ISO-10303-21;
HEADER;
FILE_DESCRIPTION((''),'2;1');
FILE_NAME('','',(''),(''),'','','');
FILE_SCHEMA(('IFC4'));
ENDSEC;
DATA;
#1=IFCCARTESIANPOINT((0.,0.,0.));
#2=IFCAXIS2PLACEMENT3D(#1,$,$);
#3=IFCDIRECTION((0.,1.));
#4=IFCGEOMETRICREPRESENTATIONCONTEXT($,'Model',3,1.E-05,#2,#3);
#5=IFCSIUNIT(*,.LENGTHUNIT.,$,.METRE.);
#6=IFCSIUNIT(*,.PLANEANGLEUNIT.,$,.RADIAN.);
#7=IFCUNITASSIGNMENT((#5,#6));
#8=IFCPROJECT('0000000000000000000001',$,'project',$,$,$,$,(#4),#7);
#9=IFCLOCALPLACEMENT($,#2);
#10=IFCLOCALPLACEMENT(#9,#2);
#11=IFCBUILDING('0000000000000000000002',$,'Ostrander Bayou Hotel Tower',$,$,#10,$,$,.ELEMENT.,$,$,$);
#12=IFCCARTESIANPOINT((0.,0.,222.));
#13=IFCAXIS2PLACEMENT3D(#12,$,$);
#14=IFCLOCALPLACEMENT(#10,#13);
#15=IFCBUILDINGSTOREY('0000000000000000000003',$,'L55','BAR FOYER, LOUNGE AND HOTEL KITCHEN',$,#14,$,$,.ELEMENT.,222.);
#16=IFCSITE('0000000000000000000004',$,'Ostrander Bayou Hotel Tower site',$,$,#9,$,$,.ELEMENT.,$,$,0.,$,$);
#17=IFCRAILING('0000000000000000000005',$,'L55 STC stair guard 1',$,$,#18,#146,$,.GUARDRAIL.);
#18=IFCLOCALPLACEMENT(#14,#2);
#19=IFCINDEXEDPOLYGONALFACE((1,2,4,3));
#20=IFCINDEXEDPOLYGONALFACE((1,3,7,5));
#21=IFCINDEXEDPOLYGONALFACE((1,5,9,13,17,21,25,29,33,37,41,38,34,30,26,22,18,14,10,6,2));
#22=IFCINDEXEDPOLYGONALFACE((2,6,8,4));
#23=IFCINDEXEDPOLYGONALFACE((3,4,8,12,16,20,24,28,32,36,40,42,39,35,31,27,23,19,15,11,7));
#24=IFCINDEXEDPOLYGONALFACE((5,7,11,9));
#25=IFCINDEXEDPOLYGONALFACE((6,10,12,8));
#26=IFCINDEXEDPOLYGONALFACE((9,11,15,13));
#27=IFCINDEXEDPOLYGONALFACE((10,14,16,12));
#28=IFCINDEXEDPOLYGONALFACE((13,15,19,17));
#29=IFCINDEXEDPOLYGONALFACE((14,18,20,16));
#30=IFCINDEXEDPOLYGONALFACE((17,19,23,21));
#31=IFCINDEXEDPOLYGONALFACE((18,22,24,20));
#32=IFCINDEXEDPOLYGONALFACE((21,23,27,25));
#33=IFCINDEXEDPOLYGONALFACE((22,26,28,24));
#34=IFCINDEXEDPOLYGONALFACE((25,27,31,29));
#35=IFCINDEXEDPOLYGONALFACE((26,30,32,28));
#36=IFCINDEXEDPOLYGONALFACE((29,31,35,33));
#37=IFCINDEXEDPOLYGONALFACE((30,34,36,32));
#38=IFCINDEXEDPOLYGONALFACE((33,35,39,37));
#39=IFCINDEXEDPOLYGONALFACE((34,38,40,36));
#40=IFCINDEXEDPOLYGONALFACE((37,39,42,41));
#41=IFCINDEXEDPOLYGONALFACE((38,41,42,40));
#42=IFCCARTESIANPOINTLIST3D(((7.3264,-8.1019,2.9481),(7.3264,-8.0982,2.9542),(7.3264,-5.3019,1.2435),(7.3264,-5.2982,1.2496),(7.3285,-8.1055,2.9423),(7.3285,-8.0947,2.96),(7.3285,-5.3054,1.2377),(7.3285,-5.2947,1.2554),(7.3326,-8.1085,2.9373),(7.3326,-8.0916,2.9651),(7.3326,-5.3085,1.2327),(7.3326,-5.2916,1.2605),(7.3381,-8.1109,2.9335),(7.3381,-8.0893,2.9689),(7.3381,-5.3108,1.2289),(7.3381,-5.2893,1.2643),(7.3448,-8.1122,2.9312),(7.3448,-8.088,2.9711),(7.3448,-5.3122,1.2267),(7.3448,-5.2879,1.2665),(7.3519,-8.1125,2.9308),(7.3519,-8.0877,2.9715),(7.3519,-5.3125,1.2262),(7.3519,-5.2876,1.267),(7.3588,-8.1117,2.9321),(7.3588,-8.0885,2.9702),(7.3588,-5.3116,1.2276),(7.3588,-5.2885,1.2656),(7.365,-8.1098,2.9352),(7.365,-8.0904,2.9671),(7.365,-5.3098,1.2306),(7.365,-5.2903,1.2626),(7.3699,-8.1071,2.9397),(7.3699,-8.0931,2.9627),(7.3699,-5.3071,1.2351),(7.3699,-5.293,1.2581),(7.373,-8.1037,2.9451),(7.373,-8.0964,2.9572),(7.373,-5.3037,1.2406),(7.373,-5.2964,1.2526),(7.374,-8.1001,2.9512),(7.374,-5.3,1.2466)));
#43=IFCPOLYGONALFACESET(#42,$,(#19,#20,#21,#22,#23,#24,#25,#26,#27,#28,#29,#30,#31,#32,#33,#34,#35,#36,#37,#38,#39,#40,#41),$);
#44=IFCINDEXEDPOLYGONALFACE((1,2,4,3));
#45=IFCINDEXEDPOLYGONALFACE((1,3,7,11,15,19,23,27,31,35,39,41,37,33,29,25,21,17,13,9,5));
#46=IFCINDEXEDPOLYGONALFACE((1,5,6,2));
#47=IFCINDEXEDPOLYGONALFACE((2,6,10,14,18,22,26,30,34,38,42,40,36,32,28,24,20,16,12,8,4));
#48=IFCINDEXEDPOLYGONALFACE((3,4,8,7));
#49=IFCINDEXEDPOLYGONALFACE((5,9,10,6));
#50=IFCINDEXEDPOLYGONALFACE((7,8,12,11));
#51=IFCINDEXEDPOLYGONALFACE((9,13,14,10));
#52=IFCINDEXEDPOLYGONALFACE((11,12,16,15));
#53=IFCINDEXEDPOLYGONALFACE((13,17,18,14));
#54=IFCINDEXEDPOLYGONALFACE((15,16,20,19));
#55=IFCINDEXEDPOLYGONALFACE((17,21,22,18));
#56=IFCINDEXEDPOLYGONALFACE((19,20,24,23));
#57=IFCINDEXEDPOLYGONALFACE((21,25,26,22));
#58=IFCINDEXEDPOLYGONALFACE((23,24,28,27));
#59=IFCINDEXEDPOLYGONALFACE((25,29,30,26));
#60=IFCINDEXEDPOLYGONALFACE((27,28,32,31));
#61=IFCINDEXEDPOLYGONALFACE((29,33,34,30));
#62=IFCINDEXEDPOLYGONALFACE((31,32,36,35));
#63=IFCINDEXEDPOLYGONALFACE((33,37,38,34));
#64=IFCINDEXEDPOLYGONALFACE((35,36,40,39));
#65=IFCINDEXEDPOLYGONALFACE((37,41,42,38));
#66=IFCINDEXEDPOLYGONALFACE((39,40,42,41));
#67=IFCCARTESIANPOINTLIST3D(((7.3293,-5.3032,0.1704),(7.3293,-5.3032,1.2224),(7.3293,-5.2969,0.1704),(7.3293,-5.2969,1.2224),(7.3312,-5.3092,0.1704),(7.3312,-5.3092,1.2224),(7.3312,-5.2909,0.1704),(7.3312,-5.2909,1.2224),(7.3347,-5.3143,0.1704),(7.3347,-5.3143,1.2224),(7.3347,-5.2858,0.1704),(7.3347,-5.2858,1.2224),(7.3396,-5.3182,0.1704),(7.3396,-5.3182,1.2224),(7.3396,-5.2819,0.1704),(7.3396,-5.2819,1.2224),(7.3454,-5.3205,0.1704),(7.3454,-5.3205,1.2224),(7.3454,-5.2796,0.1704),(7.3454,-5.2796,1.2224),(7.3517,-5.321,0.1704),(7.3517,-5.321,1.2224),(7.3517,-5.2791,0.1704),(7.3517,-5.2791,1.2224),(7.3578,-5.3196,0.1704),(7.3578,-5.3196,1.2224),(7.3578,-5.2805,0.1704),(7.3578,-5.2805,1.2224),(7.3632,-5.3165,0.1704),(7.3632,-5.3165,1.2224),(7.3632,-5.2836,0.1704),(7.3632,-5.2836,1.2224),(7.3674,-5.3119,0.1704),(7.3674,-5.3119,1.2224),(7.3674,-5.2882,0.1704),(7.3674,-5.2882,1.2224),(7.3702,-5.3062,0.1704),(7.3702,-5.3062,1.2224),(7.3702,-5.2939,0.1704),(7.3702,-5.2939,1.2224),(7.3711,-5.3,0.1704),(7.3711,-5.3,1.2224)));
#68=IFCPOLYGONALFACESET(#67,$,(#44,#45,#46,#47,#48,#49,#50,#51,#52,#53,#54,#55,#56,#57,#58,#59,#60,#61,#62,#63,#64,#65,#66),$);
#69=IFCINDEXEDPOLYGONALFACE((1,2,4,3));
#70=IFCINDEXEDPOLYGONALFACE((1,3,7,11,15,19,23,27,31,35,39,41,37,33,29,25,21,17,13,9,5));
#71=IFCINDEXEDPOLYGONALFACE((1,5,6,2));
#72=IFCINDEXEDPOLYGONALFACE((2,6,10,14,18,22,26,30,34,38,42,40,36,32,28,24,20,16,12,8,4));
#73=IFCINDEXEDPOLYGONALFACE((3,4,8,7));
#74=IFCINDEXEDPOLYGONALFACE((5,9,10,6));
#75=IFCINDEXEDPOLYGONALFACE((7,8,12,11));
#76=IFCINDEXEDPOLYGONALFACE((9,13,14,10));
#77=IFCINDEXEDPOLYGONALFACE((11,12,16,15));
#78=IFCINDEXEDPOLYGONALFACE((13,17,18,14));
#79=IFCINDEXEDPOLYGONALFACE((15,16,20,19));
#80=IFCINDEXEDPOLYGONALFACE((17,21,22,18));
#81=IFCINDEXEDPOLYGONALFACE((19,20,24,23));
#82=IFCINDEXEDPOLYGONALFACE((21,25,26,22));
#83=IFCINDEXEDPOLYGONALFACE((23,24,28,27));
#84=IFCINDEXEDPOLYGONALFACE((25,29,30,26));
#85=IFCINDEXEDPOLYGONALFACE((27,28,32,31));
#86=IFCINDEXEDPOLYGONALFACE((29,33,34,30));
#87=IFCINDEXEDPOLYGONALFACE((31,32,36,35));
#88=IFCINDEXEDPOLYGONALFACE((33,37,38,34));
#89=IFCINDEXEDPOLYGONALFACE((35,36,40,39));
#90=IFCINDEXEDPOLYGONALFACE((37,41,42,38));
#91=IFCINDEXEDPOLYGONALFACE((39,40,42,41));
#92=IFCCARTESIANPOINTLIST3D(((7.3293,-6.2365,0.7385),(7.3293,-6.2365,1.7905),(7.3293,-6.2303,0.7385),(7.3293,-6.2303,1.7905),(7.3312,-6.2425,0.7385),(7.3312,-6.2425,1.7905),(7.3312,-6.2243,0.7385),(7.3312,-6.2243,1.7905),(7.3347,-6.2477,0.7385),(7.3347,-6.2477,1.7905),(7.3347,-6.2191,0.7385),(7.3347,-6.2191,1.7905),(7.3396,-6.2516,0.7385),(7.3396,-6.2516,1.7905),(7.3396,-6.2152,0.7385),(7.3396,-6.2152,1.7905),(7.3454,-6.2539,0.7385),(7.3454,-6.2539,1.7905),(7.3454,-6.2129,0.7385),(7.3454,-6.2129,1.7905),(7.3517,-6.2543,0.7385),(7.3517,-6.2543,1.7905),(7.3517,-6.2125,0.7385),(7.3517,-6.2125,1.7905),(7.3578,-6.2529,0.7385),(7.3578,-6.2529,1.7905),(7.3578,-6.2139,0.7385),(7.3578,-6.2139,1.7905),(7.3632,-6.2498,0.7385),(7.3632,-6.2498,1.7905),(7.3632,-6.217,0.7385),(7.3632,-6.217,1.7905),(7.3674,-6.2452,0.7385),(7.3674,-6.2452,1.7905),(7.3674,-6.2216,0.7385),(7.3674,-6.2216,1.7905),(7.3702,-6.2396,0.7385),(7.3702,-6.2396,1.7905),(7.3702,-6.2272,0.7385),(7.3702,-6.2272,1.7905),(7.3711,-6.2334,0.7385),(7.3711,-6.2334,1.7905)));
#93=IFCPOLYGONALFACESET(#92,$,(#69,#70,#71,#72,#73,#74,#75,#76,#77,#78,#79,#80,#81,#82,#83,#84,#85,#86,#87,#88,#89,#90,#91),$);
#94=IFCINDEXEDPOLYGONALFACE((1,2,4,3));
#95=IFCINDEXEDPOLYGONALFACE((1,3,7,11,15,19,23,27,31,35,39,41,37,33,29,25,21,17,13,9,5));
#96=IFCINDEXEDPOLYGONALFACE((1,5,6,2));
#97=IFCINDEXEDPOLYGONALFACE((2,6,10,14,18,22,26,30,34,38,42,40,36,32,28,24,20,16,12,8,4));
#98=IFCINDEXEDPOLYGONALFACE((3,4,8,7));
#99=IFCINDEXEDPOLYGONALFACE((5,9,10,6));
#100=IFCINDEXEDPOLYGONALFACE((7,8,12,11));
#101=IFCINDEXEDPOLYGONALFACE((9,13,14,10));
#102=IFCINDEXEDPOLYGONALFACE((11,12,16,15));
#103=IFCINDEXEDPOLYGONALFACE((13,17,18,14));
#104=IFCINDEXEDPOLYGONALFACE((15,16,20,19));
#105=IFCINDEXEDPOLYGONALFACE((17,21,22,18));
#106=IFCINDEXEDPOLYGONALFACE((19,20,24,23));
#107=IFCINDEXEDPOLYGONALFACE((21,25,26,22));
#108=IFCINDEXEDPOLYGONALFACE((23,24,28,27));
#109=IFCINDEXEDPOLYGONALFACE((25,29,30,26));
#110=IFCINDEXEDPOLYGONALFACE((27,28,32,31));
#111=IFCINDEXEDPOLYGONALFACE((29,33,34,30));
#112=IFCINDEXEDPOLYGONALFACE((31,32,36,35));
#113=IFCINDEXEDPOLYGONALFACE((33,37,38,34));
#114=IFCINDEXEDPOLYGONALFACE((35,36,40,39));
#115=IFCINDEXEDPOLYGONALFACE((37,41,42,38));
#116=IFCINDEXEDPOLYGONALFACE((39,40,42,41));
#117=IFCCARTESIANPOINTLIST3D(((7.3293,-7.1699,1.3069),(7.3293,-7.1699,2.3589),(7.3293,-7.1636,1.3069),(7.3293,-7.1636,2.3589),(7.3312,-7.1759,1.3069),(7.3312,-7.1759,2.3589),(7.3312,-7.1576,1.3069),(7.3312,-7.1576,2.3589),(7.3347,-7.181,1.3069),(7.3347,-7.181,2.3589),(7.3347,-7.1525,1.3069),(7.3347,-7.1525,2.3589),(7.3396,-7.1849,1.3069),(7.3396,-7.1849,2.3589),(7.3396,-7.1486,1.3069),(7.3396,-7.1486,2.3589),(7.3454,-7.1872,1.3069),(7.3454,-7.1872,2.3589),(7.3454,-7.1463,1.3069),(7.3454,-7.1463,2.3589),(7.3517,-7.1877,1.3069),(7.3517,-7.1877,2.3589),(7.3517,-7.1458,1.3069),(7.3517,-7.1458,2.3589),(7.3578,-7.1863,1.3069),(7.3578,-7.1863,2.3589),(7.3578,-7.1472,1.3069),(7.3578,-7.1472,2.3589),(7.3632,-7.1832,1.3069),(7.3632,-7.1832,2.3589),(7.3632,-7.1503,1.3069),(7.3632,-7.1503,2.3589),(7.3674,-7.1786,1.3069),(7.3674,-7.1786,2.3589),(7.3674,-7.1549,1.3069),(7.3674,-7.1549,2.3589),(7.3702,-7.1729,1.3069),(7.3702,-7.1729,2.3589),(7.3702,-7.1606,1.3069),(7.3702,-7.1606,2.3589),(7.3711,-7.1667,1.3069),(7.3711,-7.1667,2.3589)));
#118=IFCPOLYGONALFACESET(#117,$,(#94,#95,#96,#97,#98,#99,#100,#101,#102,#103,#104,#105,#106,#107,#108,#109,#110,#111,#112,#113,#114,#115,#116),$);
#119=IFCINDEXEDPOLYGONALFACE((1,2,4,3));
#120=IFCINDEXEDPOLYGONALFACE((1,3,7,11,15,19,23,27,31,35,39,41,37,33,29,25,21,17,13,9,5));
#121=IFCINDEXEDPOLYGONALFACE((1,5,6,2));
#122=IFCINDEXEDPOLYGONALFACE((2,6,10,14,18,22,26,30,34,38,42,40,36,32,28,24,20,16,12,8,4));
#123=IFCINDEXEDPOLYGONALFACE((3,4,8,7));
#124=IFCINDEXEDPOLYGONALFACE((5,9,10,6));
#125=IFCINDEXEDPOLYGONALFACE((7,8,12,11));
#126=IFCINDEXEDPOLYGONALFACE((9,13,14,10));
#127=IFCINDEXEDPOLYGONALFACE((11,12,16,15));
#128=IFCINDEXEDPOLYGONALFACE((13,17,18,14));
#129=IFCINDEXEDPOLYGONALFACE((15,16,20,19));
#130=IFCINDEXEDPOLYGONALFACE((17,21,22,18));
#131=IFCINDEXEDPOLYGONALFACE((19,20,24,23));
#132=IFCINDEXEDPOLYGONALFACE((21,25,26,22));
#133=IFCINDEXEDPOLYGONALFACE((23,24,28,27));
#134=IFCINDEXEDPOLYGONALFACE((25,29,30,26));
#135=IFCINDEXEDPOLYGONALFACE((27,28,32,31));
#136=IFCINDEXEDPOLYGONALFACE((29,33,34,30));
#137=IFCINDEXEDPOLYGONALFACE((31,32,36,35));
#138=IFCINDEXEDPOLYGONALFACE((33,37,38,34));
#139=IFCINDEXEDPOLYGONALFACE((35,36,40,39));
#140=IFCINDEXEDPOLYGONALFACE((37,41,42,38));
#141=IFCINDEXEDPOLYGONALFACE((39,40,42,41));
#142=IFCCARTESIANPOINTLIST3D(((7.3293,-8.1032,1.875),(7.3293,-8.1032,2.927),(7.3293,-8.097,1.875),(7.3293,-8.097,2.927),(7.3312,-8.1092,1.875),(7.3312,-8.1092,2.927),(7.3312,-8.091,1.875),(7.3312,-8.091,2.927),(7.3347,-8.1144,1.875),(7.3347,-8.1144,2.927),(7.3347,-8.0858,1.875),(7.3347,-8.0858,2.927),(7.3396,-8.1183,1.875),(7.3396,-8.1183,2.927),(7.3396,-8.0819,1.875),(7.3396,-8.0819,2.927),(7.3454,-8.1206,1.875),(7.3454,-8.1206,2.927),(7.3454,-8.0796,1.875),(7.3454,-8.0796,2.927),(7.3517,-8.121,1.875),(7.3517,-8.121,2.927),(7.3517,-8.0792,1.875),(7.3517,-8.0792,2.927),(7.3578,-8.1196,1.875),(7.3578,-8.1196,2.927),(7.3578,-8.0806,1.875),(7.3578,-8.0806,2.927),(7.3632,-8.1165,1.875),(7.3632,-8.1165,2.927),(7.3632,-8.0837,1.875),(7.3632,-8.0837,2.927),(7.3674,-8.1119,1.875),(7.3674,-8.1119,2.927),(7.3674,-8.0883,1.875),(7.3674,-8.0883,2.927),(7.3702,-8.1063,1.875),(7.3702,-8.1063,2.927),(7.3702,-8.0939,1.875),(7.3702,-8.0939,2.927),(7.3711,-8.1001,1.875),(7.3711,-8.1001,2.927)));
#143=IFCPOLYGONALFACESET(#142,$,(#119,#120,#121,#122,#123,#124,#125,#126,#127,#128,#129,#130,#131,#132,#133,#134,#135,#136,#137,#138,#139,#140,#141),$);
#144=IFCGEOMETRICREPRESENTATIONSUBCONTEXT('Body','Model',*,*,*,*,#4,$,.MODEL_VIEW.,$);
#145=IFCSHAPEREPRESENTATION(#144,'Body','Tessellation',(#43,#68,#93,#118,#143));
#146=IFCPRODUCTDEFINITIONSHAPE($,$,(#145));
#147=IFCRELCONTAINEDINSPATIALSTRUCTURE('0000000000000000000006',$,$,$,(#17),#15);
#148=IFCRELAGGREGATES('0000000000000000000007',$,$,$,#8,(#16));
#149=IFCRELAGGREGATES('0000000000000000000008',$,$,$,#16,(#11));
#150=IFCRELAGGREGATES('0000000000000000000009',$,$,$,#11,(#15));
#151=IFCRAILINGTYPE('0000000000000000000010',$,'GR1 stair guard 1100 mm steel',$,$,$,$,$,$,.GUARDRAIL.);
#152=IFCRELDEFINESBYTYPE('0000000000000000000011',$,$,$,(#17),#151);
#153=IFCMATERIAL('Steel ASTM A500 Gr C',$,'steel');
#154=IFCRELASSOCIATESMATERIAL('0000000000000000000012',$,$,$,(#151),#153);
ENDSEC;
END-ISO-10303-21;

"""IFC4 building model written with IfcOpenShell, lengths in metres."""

from ifc_helpers import new_model, si_unit, direction, frame, origin, origin_2d, place, context, subcontext, project, spatial, circle, extrude, material, type_object, element, save


model = new_model("IFC4")

# Units and contexts
model_context = context("Model", 3, precision=1e-05, world=origin(), true_north=direction((0.0, 1.0)))
body_context = subcontext(model_context, "Body", "Model", "MODEL_VIEW")
ifc_project = project(units=[si_unit("LENGTHUNIT", "METRE"), si_unit("PLANEANGLEUNIT", "RADIAN")], contexts=[model_context])

# Site, building, storey
site_placement = place(None, origin())
site = spatial("IfcSite", under=ifc_project, at=site_placement, Name="Ostrander Bayou Hotel Tower site", CompositionType="ELEMENT", RefElevation=0.0)
building_placement = place(site_placement, origin())
building = spatial("IfcBuilding", under=site, at=building_placement, Name="Ostrander Bayou Hotel Tower", CompositionType="ELEMENT")
storey_placement = place(building_placement, frame((0.0, 0.0, 222.0)))
storey = spatial("IfcBuildingStorey", under=building, at=storey_placement, Name="L55", Description="BAR FOYER, LOUNGE AND HOTEL KITCHEN", CompositionType="ELEMENT", Elevation=222.0)

# Railing
ifc_material_1 = material(Name="Steel ASTM A500 Gr C", Category="steel")
railing_type_1 = type_object("IfcRailingType", Name="GR1 stair guard 1100 mm steel", PredefinedType="GUARDRAIL", material=ifc_material_1)
railing_1_placement = place(storey_placement, frame((7.3501, -5.3, 0.1704)))
element("IfcRailing", 1, at=railing_1_placement, inside=storey, type_object=railing_type_1, Name="L55 STC stair guard 1", PredefinedType="GUARDRAIL", context=body_context, shape_type="SweptSolid", body=[
    extrude(circle(Radius=0.0239, at=origin_2d()), frame((0.0, 0.0, 1.0762), z_axis=(0.0, -0.85417, 0.519994), x_axis=(1.0, 0.0, 0.0)), (0.0, 0.0, 1.0), 3.2781),
    extrude(circle(Radius=0.021, at=origin_2d()), origin(), (0.0, 0.0, 1.0), 1.052),
    extrude(circle(Radius=0.021, at=origin_2d()), frame((0.0, -0.9333, 0.5681)), (0.0, 0.0, 1.0), 1.052),
    extrude(circle(Radius=0.021, at=origin_2d()), frame((0.0, -1.8667, 1.1365)), (0.0, 0.0, 1.0), 1.052),
    extrude(circle(Radius=0.021, at=origin_2d()), frame((0.0, -2.8, 1.7046)), (0.0, 0.0, 1.0), 1.052),
])

save(model, "model.ifc")
